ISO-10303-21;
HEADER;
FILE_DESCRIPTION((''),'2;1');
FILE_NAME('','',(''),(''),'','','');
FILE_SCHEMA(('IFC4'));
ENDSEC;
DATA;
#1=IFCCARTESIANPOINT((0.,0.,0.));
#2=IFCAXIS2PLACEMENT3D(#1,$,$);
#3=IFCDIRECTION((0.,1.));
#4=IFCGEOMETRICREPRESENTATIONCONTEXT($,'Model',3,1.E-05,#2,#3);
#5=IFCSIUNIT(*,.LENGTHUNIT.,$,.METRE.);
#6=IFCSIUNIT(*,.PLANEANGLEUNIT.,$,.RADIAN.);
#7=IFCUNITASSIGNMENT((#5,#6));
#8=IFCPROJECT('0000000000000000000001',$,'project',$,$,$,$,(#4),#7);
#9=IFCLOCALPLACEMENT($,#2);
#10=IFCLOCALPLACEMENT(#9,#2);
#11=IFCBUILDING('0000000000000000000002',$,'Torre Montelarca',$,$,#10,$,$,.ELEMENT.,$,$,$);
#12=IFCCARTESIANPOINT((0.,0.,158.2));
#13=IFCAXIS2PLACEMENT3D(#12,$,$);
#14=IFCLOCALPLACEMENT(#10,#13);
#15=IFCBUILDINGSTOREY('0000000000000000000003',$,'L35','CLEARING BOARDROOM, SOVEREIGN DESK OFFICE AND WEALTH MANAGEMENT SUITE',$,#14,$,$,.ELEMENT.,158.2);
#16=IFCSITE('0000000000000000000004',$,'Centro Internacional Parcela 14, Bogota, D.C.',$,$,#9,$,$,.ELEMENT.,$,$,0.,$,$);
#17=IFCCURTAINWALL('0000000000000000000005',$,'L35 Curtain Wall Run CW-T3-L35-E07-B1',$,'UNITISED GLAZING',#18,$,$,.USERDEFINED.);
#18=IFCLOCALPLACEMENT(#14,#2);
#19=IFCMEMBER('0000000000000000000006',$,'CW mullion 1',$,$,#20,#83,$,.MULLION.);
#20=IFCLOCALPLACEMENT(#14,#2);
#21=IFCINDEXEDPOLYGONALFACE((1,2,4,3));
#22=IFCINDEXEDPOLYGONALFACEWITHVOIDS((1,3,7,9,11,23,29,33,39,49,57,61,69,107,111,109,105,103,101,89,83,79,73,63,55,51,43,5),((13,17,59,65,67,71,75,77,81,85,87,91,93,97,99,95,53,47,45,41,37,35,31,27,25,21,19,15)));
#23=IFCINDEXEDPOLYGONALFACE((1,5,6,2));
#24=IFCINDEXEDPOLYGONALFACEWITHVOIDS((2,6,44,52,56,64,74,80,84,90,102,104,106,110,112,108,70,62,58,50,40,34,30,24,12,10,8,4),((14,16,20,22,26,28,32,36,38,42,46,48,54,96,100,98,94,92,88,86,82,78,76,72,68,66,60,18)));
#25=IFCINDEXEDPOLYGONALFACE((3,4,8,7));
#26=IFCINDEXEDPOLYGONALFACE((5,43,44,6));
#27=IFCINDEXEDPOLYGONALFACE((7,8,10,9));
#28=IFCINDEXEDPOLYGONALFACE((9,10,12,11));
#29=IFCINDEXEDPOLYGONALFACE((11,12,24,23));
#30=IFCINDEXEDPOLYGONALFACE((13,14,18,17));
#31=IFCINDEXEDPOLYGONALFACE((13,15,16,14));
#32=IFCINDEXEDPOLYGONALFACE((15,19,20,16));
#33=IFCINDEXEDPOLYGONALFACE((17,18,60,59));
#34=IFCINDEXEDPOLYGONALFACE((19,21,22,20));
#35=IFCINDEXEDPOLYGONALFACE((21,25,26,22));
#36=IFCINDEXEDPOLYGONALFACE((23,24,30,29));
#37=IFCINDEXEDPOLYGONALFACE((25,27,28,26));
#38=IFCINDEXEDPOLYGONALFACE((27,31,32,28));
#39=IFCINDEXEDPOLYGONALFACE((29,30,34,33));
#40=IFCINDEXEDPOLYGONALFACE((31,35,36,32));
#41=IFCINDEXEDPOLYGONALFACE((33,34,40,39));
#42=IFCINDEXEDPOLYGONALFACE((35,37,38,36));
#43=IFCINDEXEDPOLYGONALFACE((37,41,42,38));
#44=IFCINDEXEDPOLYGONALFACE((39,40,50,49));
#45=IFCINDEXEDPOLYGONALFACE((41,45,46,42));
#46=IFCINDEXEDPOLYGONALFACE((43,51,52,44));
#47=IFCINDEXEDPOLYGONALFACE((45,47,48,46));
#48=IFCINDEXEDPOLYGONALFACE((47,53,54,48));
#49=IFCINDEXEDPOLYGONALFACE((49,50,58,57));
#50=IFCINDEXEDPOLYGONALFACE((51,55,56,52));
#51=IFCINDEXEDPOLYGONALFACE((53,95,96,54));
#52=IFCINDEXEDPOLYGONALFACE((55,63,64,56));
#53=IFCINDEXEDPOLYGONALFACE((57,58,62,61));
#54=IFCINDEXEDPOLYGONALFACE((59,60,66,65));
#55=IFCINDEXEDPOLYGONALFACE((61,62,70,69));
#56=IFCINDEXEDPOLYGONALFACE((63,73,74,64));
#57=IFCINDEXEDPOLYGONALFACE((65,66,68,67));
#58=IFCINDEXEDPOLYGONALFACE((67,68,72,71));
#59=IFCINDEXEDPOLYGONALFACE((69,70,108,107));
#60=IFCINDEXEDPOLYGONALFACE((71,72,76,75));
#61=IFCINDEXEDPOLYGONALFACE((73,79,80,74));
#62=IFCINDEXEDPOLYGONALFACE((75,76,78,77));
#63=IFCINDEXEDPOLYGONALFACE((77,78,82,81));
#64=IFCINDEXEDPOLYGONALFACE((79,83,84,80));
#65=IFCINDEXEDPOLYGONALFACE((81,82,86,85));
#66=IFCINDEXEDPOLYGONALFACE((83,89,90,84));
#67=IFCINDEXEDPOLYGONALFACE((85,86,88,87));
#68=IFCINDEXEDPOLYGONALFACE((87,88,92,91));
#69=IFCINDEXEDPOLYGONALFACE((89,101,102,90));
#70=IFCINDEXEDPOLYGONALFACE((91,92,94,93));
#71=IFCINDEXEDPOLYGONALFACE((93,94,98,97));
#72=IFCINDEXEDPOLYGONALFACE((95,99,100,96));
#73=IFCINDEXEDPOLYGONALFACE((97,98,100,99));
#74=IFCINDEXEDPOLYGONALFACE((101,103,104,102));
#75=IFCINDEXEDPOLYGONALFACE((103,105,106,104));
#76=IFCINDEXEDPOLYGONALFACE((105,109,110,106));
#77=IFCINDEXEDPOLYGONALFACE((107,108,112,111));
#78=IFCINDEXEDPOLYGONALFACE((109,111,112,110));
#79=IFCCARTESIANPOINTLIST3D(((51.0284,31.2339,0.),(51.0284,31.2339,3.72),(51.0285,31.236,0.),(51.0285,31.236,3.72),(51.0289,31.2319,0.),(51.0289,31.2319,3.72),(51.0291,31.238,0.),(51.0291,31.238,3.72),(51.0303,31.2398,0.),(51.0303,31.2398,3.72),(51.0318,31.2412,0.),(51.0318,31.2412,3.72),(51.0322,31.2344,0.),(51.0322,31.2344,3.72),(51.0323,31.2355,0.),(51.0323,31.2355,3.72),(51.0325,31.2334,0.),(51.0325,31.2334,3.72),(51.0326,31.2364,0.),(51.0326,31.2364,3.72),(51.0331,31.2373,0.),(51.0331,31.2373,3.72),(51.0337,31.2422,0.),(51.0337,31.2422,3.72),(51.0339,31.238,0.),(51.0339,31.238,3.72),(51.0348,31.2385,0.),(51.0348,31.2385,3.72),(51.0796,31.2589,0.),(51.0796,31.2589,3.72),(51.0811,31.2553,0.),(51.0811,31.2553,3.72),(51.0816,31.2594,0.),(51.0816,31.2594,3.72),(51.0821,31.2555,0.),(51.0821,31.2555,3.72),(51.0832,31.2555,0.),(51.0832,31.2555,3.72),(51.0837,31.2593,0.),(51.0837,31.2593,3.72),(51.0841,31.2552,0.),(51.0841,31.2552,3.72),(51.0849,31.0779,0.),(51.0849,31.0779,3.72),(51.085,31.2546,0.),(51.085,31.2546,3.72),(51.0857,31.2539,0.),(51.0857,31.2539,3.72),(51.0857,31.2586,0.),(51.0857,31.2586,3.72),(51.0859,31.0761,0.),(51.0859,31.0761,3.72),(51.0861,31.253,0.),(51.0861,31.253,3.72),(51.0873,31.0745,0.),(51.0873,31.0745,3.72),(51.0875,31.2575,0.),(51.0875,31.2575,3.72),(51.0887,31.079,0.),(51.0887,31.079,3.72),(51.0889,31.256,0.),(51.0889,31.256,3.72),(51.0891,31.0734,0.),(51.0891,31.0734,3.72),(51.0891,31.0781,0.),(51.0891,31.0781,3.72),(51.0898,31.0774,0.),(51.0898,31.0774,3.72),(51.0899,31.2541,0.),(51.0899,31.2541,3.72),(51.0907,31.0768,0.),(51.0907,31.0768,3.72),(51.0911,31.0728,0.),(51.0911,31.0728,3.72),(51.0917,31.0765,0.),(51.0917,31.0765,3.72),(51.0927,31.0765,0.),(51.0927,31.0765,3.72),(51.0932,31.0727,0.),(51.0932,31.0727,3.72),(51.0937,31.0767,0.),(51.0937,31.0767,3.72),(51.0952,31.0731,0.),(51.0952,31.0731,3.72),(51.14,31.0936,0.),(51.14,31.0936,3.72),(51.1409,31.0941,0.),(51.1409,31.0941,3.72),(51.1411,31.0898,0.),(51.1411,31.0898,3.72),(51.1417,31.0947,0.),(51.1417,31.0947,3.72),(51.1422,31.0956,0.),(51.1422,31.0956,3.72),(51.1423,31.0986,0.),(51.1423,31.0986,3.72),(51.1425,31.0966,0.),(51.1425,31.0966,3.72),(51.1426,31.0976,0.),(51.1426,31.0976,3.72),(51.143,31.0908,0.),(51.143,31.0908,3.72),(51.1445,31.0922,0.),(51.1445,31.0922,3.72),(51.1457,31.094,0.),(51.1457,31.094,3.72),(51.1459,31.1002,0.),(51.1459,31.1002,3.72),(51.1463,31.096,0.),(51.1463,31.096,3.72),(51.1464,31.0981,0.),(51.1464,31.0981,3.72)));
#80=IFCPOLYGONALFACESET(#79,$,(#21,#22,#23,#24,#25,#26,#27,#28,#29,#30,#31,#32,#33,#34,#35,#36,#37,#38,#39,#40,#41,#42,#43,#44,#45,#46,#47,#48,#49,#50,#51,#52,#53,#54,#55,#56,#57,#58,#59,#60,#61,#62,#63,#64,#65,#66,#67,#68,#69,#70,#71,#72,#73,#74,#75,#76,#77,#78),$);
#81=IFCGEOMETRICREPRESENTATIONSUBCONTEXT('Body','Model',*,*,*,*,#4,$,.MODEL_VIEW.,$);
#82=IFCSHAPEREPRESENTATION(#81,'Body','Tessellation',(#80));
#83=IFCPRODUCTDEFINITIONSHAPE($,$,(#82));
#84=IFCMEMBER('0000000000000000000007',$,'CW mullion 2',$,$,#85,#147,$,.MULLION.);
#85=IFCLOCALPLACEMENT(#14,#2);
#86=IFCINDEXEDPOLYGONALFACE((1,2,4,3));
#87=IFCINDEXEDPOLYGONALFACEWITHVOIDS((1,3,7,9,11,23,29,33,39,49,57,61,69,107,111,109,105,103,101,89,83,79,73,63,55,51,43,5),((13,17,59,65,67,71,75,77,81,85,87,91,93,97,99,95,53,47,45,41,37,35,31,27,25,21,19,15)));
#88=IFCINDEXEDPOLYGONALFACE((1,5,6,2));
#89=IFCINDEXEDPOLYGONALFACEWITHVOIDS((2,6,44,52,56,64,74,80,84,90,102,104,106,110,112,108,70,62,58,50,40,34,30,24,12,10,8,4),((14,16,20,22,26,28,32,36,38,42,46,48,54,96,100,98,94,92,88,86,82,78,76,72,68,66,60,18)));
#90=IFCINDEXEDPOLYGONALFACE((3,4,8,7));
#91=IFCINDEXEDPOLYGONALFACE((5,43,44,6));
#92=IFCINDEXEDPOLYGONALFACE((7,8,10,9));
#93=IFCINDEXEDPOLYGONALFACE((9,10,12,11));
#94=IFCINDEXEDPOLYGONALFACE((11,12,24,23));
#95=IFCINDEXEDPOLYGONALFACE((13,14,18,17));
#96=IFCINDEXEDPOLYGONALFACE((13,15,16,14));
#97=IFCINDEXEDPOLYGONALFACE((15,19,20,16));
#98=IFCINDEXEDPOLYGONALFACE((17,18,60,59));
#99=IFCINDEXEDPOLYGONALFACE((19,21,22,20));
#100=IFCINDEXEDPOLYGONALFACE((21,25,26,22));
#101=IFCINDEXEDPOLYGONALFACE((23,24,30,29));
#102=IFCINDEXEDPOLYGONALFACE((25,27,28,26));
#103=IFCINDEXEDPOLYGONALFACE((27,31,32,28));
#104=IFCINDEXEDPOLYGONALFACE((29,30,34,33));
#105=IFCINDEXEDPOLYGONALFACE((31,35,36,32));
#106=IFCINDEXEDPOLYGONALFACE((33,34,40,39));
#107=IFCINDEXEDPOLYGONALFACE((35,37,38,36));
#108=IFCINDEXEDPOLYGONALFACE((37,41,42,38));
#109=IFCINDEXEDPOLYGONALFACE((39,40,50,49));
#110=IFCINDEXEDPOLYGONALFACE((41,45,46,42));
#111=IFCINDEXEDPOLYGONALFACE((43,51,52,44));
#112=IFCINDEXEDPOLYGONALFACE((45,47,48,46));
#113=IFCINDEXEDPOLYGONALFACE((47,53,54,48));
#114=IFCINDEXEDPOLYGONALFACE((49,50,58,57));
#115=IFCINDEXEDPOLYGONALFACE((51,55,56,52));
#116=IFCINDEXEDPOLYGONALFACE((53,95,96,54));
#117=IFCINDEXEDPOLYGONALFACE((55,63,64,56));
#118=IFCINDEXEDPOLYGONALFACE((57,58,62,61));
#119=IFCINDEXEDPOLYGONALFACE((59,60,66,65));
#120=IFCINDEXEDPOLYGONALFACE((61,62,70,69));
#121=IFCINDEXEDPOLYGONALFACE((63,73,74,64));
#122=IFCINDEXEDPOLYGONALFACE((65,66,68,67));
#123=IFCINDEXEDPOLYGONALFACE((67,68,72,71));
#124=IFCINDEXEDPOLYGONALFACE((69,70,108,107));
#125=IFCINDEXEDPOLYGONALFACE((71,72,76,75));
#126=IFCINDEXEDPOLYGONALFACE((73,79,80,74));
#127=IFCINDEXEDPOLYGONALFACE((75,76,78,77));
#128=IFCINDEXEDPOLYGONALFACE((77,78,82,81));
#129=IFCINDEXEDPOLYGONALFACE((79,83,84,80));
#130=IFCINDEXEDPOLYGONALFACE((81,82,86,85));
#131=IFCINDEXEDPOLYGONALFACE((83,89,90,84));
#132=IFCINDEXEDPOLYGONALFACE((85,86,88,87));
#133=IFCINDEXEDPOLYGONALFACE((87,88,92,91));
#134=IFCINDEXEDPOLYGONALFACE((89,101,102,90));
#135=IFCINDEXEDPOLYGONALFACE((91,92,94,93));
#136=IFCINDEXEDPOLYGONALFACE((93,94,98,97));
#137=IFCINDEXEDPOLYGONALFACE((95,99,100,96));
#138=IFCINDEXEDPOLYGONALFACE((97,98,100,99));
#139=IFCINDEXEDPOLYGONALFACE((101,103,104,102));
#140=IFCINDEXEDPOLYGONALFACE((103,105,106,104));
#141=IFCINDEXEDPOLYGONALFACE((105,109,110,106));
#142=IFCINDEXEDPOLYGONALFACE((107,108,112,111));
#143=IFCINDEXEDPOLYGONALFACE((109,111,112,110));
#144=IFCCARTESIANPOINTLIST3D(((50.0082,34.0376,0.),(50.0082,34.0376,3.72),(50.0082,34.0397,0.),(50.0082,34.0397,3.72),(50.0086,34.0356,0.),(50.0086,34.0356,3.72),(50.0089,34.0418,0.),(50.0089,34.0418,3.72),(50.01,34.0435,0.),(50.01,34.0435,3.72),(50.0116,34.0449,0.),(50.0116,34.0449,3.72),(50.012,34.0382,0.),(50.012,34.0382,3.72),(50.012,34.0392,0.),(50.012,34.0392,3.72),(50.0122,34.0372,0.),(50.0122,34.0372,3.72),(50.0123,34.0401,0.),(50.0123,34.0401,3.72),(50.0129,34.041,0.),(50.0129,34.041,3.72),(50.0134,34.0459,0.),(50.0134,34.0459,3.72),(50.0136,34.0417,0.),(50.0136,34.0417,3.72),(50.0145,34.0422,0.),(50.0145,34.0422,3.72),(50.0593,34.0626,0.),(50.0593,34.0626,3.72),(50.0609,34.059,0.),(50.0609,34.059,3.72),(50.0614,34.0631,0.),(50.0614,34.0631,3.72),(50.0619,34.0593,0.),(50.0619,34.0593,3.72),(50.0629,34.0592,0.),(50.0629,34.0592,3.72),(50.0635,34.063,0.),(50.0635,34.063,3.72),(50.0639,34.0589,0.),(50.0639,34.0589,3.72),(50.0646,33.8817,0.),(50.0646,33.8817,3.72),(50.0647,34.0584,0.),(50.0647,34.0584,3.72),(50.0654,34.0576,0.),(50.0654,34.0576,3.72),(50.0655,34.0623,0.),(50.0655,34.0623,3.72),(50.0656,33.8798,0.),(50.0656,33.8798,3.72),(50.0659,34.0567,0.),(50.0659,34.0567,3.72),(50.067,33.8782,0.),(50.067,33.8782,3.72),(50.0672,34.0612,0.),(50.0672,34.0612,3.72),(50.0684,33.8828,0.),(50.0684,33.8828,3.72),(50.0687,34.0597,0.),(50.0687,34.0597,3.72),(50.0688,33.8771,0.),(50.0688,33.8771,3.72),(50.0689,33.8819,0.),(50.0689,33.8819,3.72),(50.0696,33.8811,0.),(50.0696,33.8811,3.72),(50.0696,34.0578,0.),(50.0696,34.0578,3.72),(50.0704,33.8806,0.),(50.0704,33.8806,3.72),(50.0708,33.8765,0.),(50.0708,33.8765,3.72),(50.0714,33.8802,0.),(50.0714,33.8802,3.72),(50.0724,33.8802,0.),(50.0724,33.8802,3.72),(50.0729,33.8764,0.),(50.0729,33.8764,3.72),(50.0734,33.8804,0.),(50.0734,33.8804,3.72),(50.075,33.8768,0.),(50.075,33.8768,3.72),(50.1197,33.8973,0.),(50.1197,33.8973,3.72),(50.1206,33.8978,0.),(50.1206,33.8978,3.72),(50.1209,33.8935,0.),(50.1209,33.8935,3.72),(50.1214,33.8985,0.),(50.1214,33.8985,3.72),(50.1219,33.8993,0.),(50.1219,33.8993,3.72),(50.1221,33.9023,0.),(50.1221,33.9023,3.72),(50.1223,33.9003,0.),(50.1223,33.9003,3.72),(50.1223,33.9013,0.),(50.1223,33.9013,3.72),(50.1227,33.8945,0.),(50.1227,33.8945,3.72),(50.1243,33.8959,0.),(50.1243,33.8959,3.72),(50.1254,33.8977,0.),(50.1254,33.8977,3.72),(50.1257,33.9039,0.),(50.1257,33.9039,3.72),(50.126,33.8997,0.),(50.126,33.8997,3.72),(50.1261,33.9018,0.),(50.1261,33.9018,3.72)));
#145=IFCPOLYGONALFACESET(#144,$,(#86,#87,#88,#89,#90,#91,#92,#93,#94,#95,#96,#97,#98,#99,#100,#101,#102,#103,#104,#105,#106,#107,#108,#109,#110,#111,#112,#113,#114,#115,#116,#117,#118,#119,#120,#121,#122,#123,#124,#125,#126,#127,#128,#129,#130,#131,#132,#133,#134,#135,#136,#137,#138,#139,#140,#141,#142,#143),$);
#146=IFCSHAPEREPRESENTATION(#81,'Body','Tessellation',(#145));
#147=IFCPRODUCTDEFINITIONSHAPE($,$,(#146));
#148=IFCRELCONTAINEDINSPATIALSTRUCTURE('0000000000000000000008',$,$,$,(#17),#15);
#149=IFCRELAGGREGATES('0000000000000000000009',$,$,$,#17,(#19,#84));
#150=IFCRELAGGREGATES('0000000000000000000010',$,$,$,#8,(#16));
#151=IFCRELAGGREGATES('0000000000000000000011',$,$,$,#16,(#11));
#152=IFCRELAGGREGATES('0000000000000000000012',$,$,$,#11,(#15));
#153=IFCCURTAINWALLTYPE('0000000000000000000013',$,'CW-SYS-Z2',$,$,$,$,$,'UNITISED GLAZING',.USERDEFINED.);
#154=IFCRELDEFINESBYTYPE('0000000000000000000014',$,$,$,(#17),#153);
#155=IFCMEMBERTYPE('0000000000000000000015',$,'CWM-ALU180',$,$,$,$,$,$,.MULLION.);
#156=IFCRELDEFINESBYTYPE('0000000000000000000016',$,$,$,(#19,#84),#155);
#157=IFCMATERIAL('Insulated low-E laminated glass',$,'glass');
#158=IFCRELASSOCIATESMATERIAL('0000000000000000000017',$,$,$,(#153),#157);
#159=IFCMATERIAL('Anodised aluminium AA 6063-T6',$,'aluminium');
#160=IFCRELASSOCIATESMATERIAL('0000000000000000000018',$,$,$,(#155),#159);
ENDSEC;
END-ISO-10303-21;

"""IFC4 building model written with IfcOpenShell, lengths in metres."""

from ifc_helpers import new_model, si_unit, direction, frame, origin, origin_2d, place, context, subcontext, project, spatial, hollow_rectangle, extrude, source, transform, mapped, material, material_profile, profile_set, type_object, element, aggregate, save


model = new_model("IFC4")

# Units and contexts
model_context = context("Model", 3, precision=1e-05, world=origin(), true_north=direction((0.0, 1.0)))
body_context = subcontext(model_context, "Body", "Model", "MODEL_VIEW")
ifc_project = project(units=[si_unit("LENGTHUNIT", "METRE"), si_unit("PLANEANGLEUNIT", "RADIAN")], contexts=[model_context])

# Site, building, storey
site_placement = place(None, origin())
site = spatial("IfcSite", under=ifc_project, at=site_placement, Name="Centro Internacional Parcela 14, Bogota, D.C.", CompositionType="ELEMENT", RefElevation=0.0)
building_placement = place(site_placement, origin())
building = spatial("IfcBuilding", under=site, at=building_placement, Name="Torre Montelarca", CompositionType="ELEMENT")
storey_placement = place(building_placement, frame((0.0, 0.0, 158.2)))
storey = spatial("IfcBuildingStorey", under=building, at=storey_placement, Name="L35", Description="CLEARING BOARDROOM, SOVEREIGN DESK OFFICE AND WEALTH MANAGEMENT SUITE", CompositionType="ELEMENT", Elevation=158.2)

# Curtain wall, members
ifc_material_1 = material(Name="Insulated low-E laminated glass", Category="glass")
curtain_wall_type = type_object("IfcCurtainWallType", Name="CW-SYS-Z2", ElementType="UNITISED GLAZING", PredefinedType="USERDEFINED", material=ifc_material_1)
curtain_wall_1_placement = place(storey_placement, origin())
curtain_wall_1 = element("IfcCurtainWall", 1, at=curtain_wall_1_placement, inside=storey, type_object=curtain_wall_type, Name="L35 Curtain Wall Run CW-T3-L35-E07-B1", ObjectType="UNITISED GLAZING", PredefinedType="USERDEFINED")
ifc_material_2 = material(Name="Anodised aluminium AA 6063-T6", Category="aluminium")
ifc_material_profile_1 = material_profile(ifc_material_2, hollow_rectangle(XDim=0.0649, YDim=0.1799, WallThickness=0.0039, InnerFilletRadius=0.0039, OuterFilletRadius=0.0081, at=origin_2d()), Name="ALU65X180X4", Category="aluminium")
ifc_profile_set_1 = profile_set([ifc_material_profile_1], Name="Anodised aluminium AA 6063-T6")
member_type_1 = type_object("IfcMemberType", Name="CWM-ALU180", PredefinedType="MULLION", material=ifc_profile_set_1)
shared_shape_1 = source(origin(), body_context, "Body", "SweptSolid", [
    extrude(hollow_rectangle(XDim=0.0649, YDim=0.1799, WallThickness=0.0039, InnerFilletRadius=0.0039, OuterFilletRadius=0.0081, at=origin_2d()), origin(), (0.0, 0.0, 1.0), 3.72),
])
member_1_placement = place(storey_placement, frame((51.0874, 31.166, 0.0), z_axis=(0.0, 0.0, 1.0), x_axis=(-0.939692, -0.342021, 0.0)))
member_1 = element("IfcMember", 2, at=member_1_placement, type_object=member_type_1, Name="CW mullion 1", PredefinedType="MULLION", context=body_context, shape_type="MappedRepresentation", body=[
    mapped(shared_shape_1, transform((0.0, 0.0, 0.0), scale=1.0)),
])
member_2_placement = place(storey_placement, frame((50.0671, 33.9697, 0.0), z_axis=(0.0, 0.0, 1.0), x_axis=(-0.939692, -0.342021, 0.0)))
member_2 = element("IfcMember", 3, at=member_2_placement, type_object=member_type_1, Name="CW mullion 2", PredefinedType="MULLION", context=body_context, shape_type="MappedRepresentation", body=[
    mapped(shared_shape_1, transform((0.0, 0.0, 0.0), scale=1.0)),
])

aggregate(curtain_wall_1, [member_1, member_2])

save(model, "model.ifc")
